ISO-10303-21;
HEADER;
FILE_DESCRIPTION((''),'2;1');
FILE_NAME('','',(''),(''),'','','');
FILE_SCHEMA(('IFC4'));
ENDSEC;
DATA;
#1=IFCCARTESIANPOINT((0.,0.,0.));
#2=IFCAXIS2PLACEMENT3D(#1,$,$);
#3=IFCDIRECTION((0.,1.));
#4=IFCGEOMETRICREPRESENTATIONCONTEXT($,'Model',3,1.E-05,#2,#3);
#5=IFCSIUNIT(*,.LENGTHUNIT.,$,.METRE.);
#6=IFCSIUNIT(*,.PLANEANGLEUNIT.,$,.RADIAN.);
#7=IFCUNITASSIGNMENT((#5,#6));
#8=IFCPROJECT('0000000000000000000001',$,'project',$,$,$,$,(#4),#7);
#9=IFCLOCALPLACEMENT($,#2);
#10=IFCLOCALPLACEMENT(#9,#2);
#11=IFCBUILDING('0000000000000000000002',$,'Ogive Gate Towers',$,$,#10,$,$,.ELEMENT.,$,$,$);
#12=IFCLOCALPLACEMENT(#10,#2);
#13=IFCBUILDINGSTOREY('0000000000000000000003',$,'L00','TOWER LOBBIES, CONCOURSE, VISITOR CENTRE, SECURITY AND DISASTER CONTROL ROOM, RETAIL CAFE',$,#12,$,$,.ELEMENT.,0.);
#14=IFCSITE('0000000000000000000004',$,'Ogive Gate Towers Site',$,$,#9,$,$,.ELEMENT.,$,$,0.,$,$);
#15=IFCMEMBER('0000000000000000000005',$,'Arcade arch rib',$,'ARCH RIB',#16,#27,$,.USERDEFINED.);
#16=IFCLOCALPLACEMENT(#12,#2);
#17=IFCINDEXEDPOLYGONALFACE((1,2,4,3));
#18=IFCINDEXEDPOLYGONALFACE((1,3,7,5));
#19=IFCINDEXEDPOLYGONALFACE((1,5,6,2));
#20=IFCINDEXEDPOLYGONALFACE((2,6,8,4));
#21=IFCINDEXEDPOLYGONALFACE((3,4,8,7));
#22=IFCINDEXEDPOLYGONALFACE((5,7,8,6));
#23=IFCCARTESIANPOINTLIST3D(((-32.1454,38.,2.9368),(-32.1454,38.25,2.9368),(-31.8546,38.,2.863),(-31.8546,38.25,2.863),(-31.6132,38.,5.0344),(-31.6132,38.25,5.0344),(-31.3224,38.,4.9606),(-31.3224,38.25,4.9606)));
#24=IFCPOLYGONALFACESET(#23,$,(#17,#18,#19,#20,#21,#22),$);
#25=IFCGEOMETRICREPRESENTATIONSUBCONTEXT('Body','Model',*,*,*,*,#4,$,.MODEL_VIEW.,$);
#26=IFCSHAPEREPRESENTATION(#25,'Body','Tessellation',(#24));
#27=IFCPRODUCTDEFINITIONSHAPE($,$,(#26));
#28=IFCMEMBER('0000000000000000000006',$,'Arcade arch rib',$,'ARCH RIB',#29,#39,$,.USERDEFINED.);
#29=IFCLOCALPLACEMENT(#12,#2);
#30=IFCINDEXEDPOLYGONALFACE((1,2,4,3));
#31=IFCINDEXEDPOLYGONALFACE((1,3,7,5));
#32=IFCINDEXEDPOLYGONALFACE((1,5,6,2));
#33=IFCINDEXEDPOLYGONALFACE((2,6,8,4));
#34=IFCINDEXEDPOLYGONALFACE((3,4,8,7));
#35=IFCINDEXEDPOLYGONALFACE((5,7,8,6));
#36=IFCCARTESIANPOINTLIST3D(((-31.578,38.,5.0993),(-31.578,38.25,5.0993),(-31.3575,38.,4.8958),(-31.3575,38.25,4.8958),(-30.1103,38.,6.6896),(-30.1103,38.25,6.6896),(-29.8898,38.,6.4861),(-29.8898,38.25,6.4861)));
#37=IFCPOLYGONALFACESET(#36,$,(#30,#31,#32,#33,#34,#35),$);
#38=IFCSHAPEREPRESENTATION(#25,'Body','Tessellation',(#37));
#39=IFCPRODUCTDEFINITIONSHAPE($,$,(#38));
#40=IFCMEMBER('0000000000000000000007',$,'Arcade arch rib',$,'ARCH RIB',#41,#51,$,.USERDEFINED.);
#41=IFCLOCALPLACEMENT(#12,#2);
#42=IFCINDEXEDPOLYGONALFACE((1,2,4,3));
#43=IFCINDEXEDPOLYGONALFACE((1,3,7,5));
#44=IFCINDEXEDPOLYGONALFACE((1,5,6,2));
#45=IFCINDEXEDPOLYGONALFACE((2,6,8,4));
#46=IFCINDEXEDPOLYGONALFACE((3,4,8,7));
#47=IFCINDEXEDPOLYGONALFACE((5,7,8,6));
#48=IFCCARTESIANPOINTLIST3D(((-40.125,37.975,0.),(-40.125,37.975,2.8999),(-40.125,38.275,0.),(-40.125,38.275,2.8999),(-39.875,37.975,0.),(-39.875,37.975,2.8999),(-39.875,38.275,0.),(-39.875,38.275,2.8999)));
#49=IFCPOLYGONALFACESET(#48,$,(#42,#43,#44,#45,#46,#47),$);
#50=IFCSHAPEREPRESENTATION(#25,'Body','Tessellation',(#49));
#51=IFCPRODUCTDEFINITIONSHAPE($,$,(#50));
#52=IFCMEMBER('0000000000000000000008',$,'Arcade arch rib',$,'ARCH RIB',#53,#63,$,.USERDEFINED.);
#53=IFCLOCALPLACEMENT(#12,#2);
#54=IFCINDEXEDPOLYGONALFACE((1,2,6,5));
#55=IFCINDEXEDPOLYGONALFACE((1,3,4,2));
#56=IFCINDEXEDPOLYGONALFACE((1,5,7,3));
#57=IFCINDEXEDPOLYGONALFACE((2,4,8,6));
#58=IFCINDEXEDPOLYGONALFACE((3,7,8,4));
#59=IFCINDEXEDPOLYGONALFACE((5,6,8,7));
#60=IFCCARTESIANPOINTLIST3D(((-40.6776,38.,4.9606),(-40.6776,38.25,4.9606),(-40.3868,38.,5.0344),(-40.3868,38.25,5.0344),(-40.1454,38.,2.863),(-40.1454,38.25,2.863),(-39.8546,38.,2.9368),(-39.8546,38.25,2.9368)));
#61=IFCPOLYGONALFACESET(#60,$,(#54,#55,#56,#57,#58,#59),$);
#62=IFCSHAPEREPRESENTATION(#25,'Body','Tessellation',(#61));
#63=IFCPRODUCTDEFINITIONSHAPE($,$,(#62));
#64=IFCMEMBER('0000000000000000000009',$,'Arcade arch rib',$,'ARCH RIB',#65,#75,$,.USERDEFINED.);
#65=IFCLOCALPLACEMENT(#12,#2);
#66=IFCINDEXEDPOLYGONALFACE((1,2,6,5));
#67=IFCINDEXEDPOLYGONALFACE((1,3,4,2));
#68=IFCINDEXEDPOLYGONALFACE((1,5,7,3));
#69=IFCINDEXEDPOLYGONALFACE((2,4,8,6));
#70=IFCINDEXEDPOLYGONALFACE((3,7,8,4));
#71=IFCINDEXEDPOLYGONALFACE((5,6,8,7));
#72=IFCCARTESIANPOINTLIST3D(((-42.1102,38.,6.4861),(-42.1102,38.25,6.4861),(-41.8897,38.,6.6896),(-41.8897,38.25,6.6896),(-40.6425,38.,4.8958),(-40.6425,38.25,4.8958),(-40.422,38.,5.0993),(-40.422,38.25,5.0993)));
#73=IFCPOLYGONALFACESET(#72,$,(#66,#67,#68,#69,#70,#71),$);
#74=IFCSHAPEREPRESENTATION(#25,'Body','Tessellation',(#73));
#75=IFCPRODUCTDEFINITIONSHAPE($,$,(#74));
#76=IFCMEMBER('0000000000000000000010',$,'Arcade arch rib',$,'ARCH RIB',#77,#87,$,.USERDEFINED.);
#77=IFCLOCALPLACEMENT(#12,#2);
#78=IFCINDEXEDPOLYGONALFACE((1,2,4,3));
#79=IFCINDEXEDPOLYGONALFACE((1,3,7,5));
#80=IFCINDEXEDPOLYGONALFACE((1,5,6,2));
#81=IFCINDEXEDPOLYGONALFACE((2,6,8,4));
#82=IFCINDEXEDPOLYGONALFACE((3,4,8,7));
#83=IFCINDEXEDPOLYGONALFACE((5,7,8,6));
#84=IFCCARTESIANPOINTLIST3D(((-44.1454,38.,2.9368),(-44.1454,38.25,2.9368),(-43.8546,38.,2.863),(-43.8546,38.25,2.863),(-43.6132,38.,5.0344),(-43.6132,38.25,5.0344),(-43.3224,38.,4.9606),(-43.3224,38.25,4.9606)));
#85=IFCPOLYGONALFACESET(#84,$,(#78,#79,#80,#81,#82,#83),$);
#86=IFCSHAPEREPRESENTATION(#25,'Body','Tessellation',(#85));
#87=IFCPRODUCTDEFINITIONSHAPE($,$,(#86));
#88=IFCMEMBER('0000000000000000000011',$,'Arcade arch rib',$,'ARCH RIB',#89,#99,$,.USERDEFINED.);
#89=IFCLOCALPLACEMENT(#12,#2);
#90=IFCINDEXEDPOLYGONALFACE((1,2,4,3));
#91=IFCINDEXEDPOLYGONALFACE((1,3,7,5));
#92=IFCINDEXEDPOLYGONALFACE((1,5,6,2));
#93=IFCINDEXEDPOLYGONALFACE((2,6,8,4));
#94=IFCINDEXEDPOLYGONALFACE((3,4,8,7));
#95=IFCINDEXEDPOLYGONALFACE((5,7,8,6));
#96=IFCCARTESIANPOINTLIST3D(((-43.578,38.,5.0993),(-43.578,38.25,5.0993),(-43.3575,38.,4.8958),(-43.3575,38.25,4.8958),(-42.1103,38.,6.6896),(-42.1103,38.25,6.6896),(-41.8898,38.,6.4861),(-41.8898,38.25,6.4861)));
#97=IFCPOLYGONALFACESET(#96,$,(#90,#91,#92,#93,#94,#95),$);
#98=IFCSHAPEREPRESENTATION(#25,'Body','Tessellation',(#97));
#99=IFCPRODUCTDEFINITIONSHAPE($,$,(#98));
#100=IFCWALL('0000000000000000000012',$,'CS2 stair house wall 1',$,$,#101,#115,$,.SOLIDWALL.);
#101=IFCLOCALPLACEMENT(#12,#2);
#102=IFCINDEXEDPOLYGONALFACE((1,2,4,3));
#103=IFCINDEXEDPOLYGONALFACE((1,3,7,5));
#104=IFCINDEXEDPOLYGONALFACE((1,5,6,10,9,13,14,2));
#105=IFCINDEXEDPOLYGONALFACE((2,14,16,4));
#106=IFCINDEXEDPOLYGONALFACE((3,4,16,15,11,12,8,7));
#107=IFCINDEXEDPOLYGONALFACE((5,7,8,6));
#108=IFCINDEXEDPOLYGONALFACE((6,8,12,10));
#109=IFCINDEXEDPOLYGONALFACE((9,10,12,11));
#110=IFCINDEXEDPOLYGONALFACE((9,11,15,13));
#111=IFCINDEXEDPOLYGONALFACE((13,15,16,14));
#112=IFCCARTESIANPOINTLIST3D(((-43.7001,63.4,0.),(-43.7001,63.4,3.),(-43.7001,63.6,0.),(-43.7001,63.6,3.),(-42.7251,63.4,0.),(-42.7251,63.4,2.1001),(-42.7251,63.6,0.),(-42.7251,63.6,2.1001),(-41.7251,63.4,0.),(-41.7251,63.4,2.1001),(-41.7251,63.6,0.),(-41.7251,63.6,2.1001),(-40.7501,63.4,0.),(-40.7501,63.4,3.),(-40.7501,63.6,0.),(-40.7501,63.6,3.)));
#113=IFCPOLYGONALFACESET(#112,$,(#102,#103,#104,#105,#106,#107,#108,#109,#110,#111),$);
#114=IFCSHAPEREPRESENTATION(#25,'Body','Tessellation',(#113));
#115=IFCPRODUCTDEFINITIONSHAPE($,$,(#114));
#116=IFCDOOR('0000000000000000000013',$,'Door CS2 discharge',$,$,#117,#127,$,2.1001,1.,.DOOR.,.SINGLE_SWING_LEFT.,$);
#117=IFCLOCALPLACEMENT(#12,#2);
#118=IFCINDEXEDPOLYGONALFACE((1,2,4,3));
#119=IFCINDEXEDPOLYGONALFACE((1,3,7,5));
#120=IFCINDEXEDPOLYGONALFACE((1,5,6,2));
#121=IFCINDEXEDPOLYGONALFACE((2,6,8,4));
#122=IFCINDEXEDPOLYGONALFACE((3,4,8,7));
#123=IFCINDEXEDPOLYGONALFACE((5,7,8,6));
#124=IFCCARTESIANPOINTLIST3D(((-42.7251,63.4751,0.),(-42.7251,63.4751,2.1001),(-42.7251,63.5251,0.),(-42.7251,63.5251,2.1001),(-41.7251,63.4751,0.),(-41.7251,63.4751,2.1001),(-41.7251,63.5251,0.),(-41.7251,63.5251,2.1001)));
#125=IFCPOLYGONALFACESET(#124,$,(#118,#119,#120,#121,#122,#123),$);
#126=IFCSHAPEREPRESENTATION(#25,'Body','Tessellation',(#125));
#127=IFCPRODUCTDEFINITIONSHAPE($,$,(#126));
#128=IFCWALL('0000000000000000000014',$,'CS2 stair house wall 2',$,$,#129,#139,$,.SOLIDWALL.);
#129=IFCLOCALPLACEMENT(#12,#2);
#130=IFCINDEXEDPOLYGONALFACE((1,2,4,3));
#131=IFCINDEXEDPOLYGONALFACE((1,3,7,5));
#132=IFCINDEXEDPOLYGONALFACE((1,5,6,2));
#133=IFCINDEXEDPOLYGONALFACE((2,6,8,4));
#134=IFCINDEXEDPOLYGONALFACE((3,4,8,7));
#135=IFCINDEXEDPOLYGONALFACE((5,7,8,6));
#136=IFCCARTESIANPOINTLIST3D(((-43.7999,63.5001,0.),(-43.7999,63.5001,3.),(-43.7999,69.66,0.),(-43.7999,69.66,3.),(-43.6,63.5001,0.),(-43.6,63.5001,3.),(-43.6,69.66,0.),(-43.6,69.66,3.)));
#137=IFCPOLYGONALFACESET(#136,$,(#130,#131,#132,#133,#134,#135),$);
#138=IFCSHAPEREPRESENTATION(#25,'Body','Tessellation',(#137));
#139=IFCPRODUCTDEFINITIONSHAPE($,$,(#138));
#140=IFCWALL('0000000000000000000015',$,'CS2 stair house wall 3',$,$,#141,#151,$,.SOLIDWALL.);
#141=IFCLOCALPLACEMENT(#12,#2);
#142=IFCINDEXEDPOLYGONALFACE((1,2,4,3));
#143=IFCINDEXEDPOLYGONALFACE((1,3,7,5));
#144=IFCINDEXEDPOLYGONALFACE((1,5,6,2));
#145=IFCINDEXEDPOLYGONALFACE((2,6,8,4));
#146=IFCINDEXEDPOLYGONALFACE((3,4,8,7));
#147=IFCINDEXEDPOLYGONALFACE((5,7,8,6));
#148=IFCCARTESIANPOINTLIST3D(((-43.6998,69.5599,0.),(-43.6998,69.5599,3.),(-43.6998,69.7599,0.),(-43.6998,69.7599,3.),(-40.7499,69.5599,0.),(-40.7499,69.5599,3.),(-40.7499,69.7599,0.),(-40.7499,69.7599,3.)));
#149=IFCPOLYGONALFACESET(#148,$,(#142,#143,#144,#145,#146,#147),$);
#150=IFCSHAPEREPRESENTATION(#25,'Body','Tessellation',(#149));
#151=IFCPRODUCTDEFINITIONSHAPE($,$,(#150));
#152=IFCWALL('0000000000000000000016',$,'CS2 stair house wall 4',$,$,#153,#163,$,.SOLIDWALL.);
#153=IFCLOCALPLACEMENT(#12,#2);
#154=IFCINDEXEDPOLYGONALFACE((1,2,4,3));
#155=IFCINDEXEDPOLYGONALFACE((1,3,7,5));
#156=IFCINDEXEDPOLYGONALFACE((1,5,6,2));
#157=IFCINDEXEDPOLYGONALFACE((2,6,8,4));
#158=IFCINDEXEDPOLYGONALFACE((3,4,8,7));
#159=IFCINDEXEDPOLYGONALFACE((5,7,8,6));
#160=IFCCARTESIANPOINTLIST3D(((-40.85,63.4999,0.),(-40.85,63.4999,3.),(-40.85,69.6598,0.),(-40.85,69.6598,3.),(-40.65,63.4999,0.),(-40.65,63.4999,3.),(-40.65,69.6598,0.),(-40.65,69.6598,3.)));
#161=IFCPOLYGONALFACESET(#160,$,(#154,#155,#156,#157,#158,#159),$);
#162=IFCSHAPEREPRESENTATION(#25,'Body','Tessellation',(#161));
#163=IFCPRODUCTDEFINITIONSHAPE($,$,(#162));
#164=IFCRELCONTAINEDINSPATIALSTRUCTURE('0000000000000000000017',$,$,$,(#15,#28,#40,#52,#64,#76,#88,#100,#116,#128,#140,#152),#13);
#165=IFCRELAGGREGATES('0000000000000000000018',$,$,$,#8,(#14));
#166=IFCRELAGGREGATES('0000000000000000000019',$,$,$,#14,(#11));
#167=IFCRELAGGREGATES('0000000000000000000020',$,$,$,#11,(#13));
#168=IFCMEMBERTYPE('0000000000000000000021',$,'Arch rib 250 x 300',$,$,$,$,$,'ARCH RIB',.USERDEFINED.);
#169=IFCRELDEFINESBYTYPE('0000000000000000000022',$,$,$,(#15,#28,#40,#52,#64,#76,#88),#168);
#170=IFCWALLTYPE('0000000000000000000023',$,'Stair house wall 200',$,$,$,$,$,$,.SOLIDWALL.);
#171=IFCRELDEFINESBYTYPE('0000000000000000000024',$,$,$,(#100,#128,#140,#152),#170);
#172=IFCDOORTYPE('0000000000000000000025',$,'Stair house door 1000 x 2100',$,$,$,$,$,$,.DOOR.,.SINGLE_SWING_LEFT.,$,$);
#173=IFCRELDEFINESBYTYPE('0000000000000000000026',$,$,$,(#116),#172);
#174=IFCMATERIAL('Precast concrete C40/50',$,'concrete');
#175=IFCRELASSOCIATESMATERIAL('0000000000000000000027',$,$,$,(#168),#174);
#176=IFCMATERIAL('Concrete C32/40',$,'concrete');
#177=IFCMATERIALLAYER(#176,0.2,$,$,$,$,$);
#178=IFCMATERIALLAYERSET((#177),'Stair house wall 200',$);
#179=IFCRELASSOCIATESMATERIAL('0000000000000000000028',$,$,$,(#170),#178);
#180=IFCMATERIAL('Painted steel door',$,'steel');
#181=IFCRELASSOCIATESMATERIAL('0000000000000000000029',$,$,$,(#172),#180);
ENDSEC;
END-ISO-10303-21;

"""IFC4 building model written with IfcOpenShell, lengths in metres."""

from ifc_helpers import new_model, si_unit, direction, frame, frame_2d, origin, origin_2d, place, context, subcontext, project, spatial, rectangle, extrude, material, layer, layer_set, material_profile, profile_set, type_object, element, fill, save


model = new_model("IFC4")

# Units and contexts
model_context = context("Model", 3, precision=1e-05, world=origin(), true_north=direction((0.0, 1.0)))
body_context = subcontext(model_context, "Body", "Model", "MODEL_VIEW")
ifc_project = project(units=[si_unit("LENGTHUNIT", "METRE"), si_unit("PLANEANGLEUNIT", "RADIAN")], contexts=[model_context])

# Site, building, storey
site_placement = place(None, origin())
site = spatial("IfcSite", under=ifc_project, at=site_placement, Name="Ogive Gate Towers Site", CompositionType="ELEMENT", RefElevation=0.0)
building_placement = place(site_placement, origin())
building = spatial("IfcBuilding", under=site, at=building_placement, Name="Ogive Gate Towers", CompositionType="ELEMENT")
storey_placement = place(building_placement, origin())
storey = spatial("IfcBuildingStorey", under=building, at=storey_placement, Name="L00", Description="TOWER LOBBIES, CONCOURSE, VISITOR CENTRE, SECURITY AND DISASTER CONTROL ROOM, RETAIL CAFE", CompositionType="ELEMENT", Elevation=0.0)

# Members
ifc_material_1 = material(Name="Precast concrete C40/50", Category="concrete")
ifc_material_profile = material_profile(ifc_material_1, rectangle(XDim=0.25, YDim=0.3, at=origin_2d()), Name="250 x 300 cast stone")
ifc_profile_set = profile_set([ifc_material_profile], Name="Precast concrete C40/50")
member_type = type_object("IfcMemberType", Name="Arch rib 250 x 300", ElementType="ARCH RIB", PredefinedType="USERDEFINED", material=ifc_profile_set)
for number, where, z_axis, x_axis, name in (
    (1, (-32.0, 38.125, 2.8999), (0.245932, 0.0, 0.969287), (0.0, 1.0, 0.0), "Arcade arch rib"),
    (2, (-31.4678, 38.125, 4.9976), (0.678224, 0.0, 0.734855), (0.0, 1.0, 0.0), "Arcade arch rib"),
):
    element("IfcMember", number, at=place(storey_placement, frame(where, z_axis=z_axis, x_axis=x_axis)), inside=storey, type_object=member_type, Name=name, ObjectType="ARCH RIB", PredefinedType="USERDEFINED", context=body_context, shape_type="SweptSolid", body=[
        extrude(rectangle(XDim=0.25, YDim=0.3, at=origin_2d()), origin(), (0.0, 0.0, 1.0), 2.1641),
    ])
member_1_placement = place(storey_placement, frame((-40.0, 38.125, 0.0), z_axis=(0.0, 0.0, 1.0), x_axis=(1.0, 0.0, 0.0)))
element("IfcMember", 3, at=member_1_placement, inside=storey, type_object=member_type, Name="Arcade arch rib", ObjectType="ARCH RIB", PredefinedType="USERDEFINED", context=body_context, shape_type="SweptSolid", body=[
    extrude(rectangle(XDim=0.25, YDim=0.3, at=origin_2d()), origin(), (0.0, 0.0, 1.0), 2.8999),
])
for number, where, z_axis, x_axis, name in (
    (4, (-40.0, 38.125, 2.8999), (-0.245932, 0.0, 0.969287), (0.0, -1.0, 0.0), "Arcade arch rib"),
    (5, (-40.5322, 38.125, 4.9976), (-0.678224, 0.0, 0.734855), (0.0, -1.0, 0.0), "Arcade arch rib"),
    (6, (-44.0, 38.125, 2.8999), (0.245932, 0.0, 0.969287), (0.0, 1.0, 0.0), "Arcade arch rib"),
    (7, (-43.4678, 38.125, 4.9976), (0.678224, 0.0, 0.734855), (0.0, 1.0, 0.0), "Arcade arch rib"),
):
    element("IfcMember", number, at=place(storey_placement, frame(where, z_axis=z_axis, x_axis=x_axis)), inside=storey, type_object=member_type, Name=name, ObjectType="ARCH RIB", PredefinedType="USERDEFINED", context=body_context, shape_type="SweptSolid", body=[
        extrude(rectangle(XDim=0.25, YDim=0.3, at=origin_2d()), origin(), (0.0, 0.0, 1.0), 2.1641),
    ])

# Wall, opening, door
ifc_material_2 = material(Name="Concrete C32/40", Category="concrete")
ifc_layer = layer(ifc_material_2, 0.2)
ifc_layer_set = layer_set([ifc_layer], Name="Stair house wall 200")
wall_type = type_object("IfcWallType", Name="Stair house wall 200", PredefinedType="SOLIDWALL", material=ifc_layer_set)
wall_1_placement = place(storey_placement, frame((-40.75, 63.5, 0.0), z_axis=(0.0, 0.0, 1.0), x_axis=(-1.0, 0.0, 0.0)))
wall_1 = element("IfcWall", 8, at=wall_1_placement, inside=storey, type_object=wall_type, Name="CS2 stair house wall 1", PredefinedType="SOLIDWALL", context=body_context, shape_type="SweptSolid", body=[
    extrude(rectangle(XDim=2.95, YDim=0.2, at=frame_2d((1.4751, 0.0))), origin(), (0.0, 0.0, 1.0), 3.0),
])
opening_placement = place(wall_1_placement, frame((0.9751, 0.0, 0.0)))
opening = element("IfcOpeningElement", 9, at=opening_placement, cuts=wall_1, PredefinedType="OPENING", context=body_context, shape_type="SweptSolid", body=[
    extrude(rectangle(XDim=1.0, YDim=2.1001, at=frame_2d((0.5, 1.05))), frame((0.0, 0.1099, 0.0), z_axis=(0.0, -1.0, 0.0), x_axis=(1.0, 0.0, 0.0)), (0.0, 0.0, 1.0), 0.22),
])
ifc_material_3 = material(Name="Painted steel door", Category="steel")
door_type = type_object("IfcDoorType", Name="Stair house door 1000 x 2100", OperationType="SINGLE_SWING_LEFT", PredefinedType="DOOR", material=ifc_material_3)
door_placement = place(opening_placement, origin())
door = element("IfcDoor", 10, at=door_placement, inside=storey, type_object=door_type, Name="Door CS2 discharge", OperationType="SINGLE_SWING_LEFT", OverallHeight=2.1001, OverallWidth=1.0, PredefinedType="DOOR", context=body_context, shape_type="SweptSolid", body=[
    extrude(rectangle(XDim=1.0, YDim=2.1001, at=frame_2d((0.5, 1.05))), frame((0.0, 0.0249, 0.0), z_axis=(0.0, -1.0, 0.0), x_axis=(1.0, 0.0, 0.0)), (0.0, 0.0, 1.0), 0.05),
])
fill(opening, door)

# Walls
wall_2_placement = place(storey_placement, frame((-43.7, 63.5, 0.0), z_axis=(0.0, 0.0, 1.0), x_axis=(0.0, 1.0, 0.0)))
element("IfcWall", 11, at=wall_2_placement, inside=storey, type_object=wall_type, Name="CS2 stair house wall 2", PredefinedType="SOLIDWALL", context=body_context, shape_type="SweptSolid", body=[
    extrude(rectangle(XDim=6.1599, YDim=0.2, at=frame_2d((3.0801, 0.0))), origin(), (0.0, 0.0, 1.0), 3.0),
])
wall_3_placement = place(storey_placement, frame((-43.7, 69.6599, 0.0), z_axis=(0.0, 0.0, 1.0), x_axis=(1.0, 0.0, 0.0)))
element("IfcWall", 12, at=wall_3_placement, inside=storey, type_object=wall_type, Name="CS2 stair house wall 3", PredefinedType="SOLIDWALL", context=body_context, shape_type="SweptSolid", body=[
    extrude(rectangle(XDim=2.95, YDim=0.2, at=frame_2d((1.4751, 0.0))), origin(), (0.0, 0.0, 1.0), 3.0),
])
wall_4_placement = place(storey_placement, frame((-40.75, 69.6599, 0.0), z_axis=(0.0, 0.0, 1.0), x_axis=(0.0, -1.0, 0.0)))
element("IfcWall", 13, at=wall_4_placement, inside=storey, type_object=wall_type, Name="CS2 stair house wall 4", PredefinedType="SOLIDWALL", context=body_context, shape_type="SweptSolid", body=[
    extrude(rectangle(XDim=6.1599, YDim=0.2, at=frame_2d((3.0801, 0.0))), origin(), (0.0, 0.0, 1.0), 3.0),
])

save(model, "model.ifc")
